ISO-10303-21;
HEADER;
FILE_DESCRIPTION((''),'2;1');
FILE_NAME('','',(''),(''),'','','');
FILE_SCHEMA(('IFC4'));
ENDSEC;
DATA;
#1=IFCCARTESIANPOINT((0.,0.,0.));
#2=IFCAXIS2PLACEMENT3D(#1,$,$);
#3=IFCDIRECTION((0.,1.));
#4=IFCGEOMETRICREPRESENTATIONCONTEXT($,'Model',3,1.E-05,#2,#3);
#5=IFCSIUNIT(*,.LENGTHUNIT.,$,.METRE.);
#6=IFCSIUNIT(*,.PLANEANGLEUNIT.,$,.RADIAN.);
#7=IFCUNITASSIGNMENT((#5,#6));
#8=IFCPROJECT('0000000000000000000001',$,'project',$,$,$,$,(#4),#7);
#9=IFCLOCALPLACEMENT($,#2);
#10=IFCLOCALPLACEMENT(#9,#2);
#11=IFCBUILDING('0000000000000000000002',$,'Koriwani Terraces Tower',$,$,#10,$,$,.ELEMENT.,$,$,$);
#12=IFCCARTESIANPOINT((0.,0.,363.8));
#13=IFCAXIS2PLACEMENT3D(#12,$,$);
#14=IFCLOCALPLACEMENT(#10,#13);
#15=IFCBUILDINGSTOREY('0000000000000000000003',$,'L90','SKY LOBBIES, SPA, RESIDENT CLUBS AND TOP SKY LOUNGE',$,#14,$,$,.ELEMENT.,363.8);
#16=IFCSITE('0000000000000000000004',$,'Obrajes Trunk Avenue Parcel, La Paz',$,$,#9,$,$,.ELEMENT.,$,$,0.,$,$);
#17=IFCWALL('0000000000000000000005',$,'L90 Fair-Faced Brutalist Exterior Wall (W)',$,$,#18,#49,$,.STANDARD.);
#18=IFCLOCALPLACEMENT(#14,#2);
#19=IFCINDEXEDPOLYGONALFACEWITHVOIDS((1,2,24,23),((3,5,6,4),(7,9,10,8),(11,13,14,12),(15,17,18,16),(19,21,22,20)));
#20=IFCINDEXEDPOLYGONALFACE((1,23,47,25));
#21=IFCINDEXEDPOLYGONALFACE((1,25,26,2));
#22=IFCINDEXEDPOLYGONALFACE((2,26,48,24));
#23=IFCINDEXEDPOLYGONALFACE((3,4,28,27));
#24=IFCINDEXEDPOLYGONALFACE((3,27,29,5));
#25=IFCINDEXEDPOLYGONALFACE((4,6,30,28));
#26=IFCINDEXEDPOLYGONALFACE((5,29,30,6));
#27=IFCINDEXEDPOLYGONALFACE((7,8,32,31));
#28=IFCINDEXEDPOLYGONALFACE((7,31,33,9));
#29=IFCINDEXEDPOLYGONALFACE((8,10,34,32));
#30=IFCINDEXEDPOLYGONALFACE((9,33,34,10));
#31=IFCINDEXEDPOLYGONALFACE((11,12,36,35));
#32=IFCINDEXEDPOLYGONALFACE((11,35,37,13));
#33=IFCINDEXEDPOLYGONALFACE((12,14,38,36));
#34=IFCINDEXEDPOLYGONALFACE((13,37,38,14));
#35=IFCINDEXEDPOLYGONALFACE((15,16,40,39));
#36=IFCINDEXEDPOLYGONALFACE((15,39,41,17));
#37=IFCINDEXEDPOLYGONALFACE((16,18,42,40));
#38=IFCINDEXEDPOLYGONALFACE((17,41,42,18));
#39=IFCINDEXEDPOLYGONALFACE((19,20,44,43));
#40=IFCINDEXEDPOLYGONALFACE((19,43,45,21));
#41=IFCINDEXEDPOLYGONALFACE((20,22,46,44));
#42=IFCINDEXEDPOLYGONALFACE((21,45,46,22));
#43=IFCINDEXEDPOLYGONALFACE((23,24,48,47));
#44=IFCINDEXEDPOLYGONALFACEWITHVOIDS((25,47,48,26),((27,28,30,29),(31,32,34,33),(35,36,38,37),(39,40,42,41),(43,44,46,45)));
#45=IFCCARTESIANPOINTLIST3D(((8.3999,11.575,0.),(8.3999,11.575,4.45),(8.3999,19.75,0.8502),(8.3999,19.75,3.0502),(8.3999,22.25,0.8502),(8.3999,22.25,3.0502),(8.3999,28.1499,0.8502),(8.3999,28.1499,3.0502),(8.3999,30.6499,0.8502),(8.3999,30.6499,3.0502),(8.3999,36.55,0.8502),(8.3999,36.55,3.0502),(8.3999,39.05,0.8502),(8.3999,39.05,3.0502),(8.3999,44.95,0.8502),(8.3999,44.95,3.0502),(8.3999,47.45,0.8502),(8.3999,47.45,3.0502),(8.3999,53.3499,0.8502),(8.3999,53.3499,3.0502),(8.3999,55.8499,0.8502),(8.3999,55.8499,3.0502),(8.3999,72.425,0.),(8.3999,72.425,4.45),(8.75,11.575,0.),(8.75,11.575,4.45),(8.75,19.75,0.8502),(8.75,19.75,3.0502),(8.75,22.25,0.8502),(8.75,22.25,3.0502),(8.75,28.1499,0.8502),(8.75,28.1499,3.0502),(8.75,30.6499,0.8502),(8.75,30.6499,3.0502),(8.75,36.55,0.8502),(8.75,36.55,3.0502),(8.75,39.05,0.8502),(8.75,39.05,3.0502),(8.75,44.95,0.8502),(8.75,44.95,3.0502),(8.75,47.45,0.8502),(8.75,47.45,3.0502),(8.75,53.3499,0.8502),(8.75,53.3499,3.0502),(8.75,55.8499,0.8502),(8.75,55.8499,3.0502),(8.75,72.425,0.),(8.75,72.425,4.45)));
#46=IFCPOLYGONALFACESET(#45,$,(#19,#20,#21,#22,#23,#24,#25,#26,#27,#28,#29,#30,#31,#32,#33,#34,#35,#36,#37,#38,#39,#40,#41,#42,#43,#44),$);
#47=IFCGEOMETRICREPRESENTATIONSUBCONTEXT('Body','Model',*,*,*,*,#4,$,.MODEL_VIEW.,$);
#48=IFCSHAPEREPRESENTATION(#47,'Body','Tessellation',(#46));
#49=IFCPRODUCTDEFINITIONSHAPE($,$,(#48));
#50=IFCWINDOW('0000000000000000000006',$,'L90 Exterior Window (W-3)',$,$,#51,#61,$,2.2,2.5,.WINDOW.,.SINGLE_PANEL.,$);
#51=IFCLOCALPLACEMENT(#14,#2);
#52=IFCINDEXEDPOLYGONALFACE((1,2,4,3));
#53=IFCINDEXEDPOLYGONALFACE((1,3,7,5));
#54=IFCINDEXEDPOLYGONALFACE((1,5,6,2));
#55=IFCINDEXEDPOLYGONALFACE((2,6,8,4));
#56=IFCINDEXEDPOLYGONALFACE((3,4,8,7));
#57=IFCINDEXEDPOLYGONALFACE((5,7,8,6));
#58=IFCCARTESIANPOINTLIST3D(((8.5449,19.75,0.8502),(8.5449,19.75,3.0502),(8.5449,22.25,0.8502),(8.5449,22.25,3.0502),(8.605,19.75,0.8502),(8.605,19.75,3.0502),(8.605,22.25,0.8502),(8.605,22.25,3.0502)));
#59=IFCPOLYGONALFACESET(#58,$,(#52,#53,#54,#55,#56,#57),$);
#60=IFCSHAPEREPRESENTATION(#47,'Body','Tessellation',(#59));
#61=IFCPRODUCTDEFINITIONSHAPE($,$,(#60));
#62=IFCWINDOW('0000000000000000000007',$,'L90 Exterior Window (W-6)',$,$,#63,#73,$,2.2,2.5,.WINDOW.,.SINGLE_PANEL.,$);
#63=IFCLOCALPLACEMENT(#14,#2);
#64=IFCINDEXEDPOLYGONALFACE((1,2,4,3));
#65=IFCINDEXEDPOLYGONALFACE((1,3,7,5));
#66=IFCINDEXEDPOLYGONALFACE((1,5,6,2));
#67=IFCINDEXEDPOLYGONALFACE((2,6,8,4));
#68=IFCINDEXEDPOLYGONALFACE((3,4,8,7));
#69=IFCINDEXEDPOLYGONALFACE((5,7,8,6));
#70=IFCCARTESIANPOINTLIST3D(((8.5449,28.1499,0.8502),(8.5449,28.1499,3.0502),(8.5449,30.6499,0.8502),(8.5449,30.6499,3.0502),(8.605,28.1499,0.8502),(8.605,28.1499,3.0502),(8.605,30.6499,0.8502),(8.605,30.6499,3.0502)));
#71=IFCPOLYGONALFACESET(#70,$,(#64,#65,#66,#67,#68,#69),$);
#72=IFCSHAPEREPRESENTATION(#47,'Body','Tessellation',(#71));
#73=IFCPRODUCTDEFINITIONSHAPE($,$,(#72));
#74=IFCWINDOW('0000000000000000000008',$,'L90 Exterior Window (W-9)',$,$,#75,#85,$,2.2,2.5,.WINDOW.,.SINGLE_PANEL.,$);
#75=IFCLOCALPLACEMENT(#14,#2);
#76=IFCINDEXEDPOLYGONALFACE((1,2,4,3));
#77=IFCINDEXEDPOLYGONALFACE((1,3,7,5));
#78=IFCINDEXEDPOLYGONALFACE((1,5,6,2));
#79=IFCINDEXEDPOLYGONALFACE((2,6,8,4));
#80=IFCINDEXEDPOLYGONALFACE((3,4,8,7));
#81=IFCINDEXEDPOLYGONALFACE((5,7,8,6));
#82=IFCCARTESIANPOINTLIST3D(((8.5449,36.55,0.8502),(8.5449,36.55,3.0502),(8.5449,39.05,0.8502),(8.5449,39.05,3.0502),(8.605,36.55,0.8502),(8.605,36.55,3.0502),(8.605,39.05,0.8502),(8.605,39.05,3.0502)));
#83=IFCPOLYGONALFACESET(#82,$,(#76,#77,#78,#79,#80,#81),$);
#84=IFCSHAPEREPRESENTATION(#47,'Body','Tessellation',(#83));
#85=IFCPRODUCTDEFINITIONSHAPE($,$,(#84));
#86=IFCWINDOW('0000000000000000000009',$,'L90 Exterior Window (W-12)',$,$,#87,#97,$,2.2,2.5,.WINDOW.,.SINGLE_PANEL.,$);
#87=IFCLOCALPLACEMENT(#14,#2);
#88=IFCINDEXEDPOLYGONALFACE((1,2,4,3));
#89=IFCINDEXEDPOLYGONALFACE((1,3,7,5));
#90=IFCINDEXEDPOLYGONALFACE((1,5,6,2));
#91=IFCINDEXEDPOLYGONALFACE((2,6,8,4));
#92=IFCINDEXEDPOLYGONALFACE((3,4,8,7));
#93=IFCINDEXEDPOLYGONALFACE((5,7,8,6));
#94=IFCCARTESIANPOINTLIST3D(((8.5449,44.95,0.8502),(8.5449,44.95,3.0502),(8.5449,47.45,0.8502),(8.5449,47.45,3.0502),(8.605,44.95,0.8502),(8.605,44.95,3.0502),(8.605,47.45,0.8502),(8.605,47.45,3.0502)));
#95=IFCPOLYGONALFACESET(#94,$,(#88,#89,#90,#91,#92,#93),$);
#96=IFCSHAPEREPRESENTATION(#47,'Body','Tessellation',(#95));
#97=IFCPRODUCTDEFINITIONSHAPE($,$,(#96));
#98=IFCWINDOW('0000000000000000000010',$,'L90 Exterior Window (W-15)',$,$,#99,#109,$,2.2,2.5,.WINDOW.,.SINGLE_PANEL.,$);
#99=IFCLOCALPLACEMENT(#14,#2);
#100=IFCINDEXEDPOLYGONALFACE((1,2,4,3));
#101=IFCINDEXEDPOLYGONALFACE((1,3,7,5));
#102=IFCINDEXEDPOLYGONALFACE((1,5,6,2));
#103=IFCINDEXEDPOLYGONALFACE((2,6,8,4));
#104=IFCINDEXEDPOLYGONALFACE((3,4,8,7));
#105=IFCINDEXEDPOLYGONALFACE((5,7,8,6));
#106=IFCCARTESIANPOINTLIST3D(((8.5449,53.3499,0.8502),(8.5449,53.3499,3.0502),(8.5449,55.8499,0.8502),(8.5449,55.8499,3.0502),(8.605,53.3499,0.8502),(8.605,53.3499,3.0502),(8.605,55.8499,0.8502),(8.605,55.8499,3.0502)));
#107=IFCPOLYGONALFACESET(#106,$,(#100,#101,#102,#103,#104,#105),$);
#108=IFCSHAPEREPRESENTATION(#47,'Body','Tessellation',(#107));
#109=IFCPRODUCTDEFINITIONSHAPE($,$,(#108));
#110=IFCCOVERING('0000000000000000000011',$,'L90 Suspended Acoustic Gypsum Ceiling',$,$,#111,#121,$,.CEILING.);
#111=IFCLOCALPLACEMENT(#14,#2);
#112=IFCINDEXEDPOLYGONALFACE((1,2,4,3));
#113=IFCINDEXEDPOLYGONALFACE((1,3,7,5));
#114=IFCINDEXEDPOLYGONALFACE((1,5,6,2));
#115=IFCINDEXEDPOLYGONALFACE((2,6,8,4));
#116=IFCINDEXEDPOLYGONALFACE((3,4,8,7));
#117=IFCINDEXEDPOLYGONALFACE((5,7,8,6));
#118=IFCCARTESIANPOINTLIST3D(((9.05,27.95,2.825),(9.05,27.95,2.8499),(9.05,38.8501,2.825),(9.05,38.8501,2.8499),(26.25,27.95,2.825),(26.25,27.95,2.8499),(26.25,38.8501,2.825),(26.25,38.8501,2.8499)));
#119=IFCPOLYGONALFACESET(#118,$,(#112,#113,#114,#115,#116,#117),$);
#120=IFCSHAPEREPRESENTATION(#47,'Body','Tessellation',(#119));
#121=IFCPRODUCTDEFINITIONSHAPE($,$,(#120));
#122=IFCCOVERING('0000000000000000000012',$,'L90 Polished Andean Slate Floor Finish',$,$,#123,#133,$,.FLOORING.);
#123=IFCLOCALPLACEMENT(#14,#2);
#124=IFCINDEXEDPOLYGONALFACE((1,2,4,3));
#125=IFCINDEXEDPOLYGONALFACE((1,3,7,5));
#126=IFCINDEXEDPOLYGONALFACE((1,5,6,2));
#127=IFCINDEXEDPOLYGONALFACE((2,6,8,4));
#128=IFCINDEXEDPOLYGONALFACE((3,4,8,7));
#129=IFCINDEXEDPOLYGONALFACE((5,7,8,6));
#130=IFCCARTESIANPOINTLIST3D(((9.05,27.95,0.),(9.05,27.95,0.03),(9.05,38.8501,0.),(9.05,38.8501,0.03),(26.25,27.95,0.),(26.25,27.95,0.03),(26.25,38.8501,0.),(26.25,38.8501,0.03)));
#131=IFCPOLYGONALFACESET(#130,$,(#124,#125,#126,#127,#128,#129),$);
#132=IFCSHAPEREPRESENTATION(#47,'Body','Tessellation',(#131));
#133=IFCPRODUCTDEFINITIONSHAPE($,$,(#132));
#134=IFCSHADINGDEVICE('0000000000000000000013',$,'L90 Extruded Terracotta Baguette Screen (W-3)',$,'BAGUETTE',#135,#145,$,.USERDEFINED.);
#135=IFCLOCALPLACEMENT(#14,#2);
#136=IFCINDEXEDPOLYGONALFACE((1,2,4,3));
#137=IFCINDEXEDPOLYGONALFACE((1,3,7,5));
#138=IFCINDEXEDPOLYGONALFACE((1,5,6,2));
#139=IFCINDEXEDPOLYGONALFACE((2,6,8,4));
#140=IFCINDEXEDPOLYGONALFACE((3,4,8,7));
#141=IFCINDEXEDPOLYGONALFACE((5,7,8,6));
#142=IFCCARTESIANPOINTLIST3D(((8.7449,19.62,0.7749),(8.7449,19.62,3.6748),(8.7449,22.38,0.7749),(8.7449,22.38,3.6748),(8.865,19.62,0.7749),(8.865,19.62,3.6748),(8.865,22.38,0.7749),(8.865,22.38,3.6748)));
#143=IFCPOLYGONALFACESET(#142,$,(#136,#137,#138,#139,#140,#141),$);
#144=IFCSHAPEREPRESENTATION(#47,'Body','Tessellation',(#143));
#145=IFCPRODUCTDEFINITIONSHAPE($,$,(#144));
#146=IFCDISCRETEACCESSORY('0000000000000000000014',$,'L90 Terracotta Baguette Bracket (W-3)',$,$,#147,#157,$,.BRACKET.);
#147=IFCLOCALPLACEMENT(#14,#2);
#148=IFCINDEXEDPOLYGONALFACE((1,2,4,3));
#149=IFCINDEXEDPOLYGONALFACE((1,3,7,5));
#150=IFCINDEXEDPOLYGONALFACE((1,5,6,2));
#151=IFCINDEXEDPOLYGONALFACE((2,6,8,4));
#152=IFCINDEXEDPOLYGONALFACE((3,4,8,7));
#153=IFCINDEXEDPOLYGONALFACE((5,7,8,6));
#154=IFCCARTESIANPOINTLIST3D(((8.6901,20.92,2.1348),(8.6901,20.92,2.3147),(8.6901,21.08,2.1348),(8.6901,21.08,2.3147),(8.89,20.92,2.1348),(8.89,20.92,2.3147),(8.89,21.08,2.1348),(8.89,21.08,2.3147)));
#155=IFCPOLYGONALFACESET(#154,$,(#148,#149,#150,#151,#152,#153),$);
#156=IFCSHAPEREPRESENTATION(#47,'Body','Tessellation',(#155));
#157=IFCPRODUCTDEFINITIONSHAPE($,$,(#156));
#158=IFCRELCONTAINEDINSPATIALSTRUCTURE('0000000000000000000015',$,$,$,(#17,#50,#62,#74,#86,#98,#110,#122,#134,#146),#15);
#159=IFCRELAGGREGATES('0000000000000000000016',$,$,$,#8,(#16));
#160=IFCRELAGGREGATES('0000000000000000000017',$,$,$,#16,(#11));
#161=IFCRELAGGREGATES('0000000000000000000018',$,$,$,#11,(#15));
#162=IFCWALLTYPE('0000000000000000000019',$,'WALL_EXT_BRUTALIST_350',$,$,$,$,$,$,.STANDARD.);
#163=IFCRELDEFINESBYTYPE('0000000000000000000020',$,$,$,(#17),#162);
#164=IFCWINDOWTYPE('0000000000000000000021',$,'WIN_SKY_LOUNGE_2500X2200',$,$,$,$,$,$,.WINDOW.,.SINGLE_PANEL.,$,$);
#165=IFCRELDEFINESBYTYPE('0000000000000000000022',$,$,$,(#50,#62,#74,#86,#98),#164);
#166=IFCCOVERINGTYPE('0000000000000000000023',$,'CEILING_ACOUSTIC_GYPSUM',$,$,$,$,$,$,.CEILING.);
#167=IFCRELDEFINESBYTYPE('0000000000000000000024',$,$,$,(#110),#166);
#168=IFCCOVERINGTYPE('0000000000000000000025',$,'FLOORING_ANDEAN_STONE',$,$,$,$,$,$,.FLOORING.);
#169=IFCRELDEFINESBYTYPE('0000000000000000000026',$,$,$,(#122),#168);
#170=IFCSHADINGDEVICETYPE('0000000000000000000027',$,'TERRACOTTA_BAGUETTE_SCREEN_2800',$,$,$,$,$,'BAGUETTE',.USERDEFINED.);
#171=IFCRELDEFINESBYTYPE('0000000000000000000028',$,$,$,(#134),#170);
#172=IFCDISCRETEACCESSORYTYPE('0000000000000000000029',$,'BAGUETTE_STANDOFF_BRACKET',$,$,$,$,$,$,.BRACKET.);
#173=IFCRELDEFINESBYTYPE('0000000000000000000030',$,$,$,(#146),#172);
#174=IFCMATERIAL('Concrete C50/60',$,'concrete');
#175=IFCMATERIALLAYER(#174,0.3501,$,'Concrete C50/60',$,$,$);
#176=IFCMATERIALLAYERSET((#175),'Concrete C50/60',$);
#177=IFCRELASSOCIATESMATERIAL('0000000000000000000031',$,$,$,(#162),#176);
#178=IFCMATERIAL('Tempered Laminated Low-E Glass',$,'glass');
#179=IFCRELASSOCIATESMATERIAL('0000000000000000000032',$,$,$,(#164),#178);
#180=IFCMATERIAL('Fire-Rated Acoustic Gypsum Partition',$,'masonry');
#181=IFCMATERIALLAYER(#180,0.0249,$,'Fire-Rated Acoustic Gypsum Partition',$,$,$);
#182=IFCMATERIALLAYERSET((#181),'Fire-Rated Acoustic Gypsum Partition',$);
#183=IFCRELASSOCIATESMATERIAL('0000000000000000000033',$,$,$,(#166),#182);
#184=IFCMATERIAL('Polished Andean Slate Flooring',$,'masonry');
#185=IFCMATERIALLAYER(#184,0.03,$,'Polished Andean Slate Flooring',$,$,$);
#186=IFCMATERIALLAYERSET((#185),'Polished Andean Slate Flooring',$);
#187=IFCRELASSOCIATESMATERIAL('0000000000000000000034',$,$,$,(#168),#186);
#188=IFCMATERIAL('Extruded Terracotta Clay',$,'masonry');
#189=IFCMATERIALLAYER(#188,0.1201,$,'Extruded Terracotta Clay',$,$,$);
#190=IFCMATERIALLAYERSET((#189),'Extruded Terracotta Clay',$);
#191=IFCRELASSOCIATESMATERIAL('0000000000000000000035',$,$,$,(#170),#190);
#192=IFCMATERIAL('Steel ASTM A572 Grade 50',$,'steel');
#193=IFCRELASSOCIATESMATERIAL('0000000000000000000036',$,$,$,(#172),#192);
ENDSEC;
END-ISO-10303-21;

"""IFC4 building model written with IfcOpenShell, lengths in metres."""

from ifc_helpers import new_model, si_unit, direction, frame, frame_2d, origin, origin_2d, place, context, subcontext, project, spatial, polyline, rectangle, outline, extrude, material, layer, layer_set, type_object, element, fill, save


model = new_model("IFC4")

# Units and contexts
model_context = context("Model", 3, precision=1e-05, world=origin(), true_north=direction((0.0, 1.0)))
body_context = subcontext(model_context, "Body", "Model", "MODEL_VIEW")
ifc_project = project(units=[si_unit("LENGTHUNIT", "METRE"), si_unit("PLANEANGLEUNIT", "RADIAN")], contexts=[model_context])

# Site, building, storey
site_placement = place(None, origin())
site = spatial("IfcSite", under=ifc_project, at=site_placement, Name="Obrajes Trunk Avenue Parcel, La Paz", CompositionType="ELEMENT", RefElevation=0.0)
building_placement = place(site_placement, origin())
building = spatial("IfcBuilding", under=site, at=building_placement, Name="Koriwani Terraces Tower", CompositionType="ELEMENT")
storey_placement = place(building_placement, frame((0.0, 0.0, 363.8)))
storey = spatial("IfcBuildingStorey", under=building, at=storey_placement, Name="L90", Description="SKY LOBBIES, SPA, RESIDENT CLUBS AND TOP SKY LOUNGE", CompositionType="ELEMENT", Elevation=363.8)

# Shared definitions
ifc_material_1 = material(Name="Concrete C50/60", Category="concrete")

# Shared definitions
ifc_material_2 = material(Name="Steel ASTM A572 Grade 50", Category="steel")

# Shared definitions
ifc_layer_1 = layer(ifc_material_1, 0.3501, Name="Concrete C50/60")
ifc_layer_set_1 = layer_set([ifc_layer_1], Name="Concrete C50/60")
wall_type_1 = type_object("IfcWallType", Name="WALL_EXT_BRUTALIST_350", PredefinedType="STANDARD", material=ifc_layer_set_1)

# Wall, openings, windows
wall_1_placement = place(storey_placement, frame((8.575, 11.575, 0.0), z_axis=(0.0, 0.0, 1.0), x_axis=(0.0, 1.0, 0.0)))
wall_1 = element("IfcWall", 1, at=wall_1_placement, inside=storey, type_object=wall_type_1, Name="L90 Fair-Faced Brutalist Exterior Wall (W)", PredefinedType="STANDARD", context=body_context, shape_type="SweptSolid", body=[
    extrude(rectangle(XDim=60.8501, YDim=0.3501, at=frame_2d((30.425, 0.0))), origin(), (0.0, 0.0, 1.0), 4.45),
])
opening_1_placement = place(wall_1_placement, frame((8.175, 0.0, 0.8501)))
opening_1 = element("IfcOpeningElement", 2, at=opening_1_placement, cuts=wall_1, PredefinedType="OPENING", context=body_context, shape_type="SweptSolid", body=[
    extrude(rectangle(XDim=2.5, YDim=2.2, at=frame_2d((1.25, 1.1001))), frame((0.0, 0.1851, 0.0), z_axis=(0.0, -1.0, 0.0), x_axis=(1.0, 0.0, 0.0)), (0.0, 0.0, 1.0), 0.3701),
])
opening_2_placement = place(wall_1_placement, frame((16.575, 0.0, 0.8501)))
opening_2 = element("IfcOpeningElement", 3, at=opening_2_placement, cuts=wall_1, PredefinedType="OPENING", context=body_context, shape_type="SweptSolid", body=[
    extrude(rectangle(XDim=2.5, YDim=2.2, at=frame_2d((1.25, 1.1001))), frame((0.0, 0.1851, 0.0), z_axis=(0.0, -1.0, 0.0), x_axis=(1.0, 0.0, 0.0)), (0.0, 0.0, 1.0), 0.3701),
])
opening_3_placement = place(wall_1_placement, frame((24.9751, 0.0, 0.8501)))
opening_3 = element("IfcOpeningElement", 4, at=opening_3_placement, cuts=wall_1, PredefinedType="OPENING", context=body_context, shape_type="SweptSolid", body=[
    extrude(rectangle(XDim=2.5, YDim=2.2, at=frame_2d((1.25, 1.1001))), frame((0.0, 0.1851, 0.0), z_axis=(0.0, -1.0, 0.0), x_axis=(1.0, 0.0, 0.0)), (0.0, 0.0, 1.0), 0.3701),
])
opening_4_placement = place(wall_1_placement, frame((33.375, 0.0, 0.8501)))
opening_4 = element("IfcOpeningElement", 5, at=opening_4_placement, cuts=wall_1, PredefinedType="OPENING", context=body_context, shape_type="SweptSolid", body=[
    extrude(rectangle(XDim=2.5, YDim=2.2, at=frame_2d((1.25, 1.1001))), frame((0.0, 0.1851, 0.0), z_axis=(0.0, -1.0, 0.0), x_axis=(1.0, 0.0, 0.0)), (0.0, 0.0, 1.0), 0.3701),
])
opening_5_placement = place(wall_1_placement, frame((41.7749, 0.0, 0.8501)))
opening_5 = element("IfcOpeningElement", 6, at=opening_5_placement, cuts=wall_1, PredefinedType="OPENING", context=body_context, shape_type="SweptSolid", body=[
    extrude(rectangle(XDim=2.5, YDim=2.2, at=frame_2d((1.25, 1.1001))), frame((0.0, 0.1851, 0.0), z_axis=(0.0, -1.0, 0.0), x_axis=(1.0, 0.0, 0.0)), (0.0, 0.0, 1.0), 0.3701),
])
ifc_material_3 = material(Name="Tempered Laminated Low-E Glass", Category="glass")
window_type = type_object("IfcWindowType", Name="WIN_SKY_LOUNGE_2500X2200", PartitioningType="SINGLE_PANEL", PredefinedType="WINDOW", material=ifc_material_3)
window_1_placement = place(opening_1_placement, origin())
window_1 = element("IfcWindow", 7, at=window_1_placement, inside=storey, type_object=window_type, Name="L90 Exterior Window (W-3)", OverallHeight=2.2, OverallWidth=2.5, PartitioningType="SINGLE_PANEL", PredefinedType="WINDOW", context=body_context, shape_type="SweptSolid", body=[
    extrude(rectangle(XDim=2.5, YDim=2.2, at=frame_2d((1.25, 1.1001))), frame((0.0, 0.03, 0.0), z_axis=(0.0, -1.0, 0.0), x_axis=(1.0, 0.0, 0.0)), (0.0, 0.0, 1.0), 0.0601),
])
fill(opening_1, window_1)
window_2_placement = place(opening_2_placement, origin())
window_2 = element("IfcWindow", 8, at=window_2_placement, inside=storey, type_object=window_type, Name="L90 Exterior Window (W-6)", OverallHeight=2.2, OverallWidth=2.5, PartitioningType="SINGLE_PANEL", PredefinedType="WINDOW", context=body_context, shape_type="SweptSolid", body=[
    extrude(rectangle(XDim=2.5, YDim=2.2, at=frame_2d((1.25, 1.1001))), frame((0.0, 0.03, 0.0), z_axis=(0.0, -1.0, 0.0), x_axis=(1.0, 0.0, 0.0)), (0.0, 0.0, 1.0), 0.0601),
])
fill(opening_2, window_2)
window_3_placement = place(opening_3_placement, origin())
window_3 = element("IfcWindow", 9, at=window_3_placement, inside=storey, type_object=window_type, Name="L90 Exterior Window (W-9)", OverallHeight=2.2, OverallWidth=2.5, PartitioningType="SINGLE_PANEL", PredefinedType="WINDOW", context=body_context, shape_type="SweptSolid", body=[
    extrude(rectangle(XDim=2.5, YDim=2.2, at=frame_2d((1.25, 1.1001))), frame((0.0, 0.03, 0.0), z_axis=(0.0, -1.0, 0.0), x_axis=(1.0, 0.0, 0.0)), (0.0, 0.0, 1.0), 0.0601),
])
fill(opening_3, window_3)
window_4_placement = place(opening_4_placement, origin())
window_4 = element("IfcWindow", 10, at=window_4_placement, inside=storey, type_object=window_type, Name="L90 Exterior Window (W-12)", OverallHeight=2.2, OverallWidth=2.5, PartitioningType="SINGLE_PANEL", PredefinedType="WINDOW", context=body_context, shape_type="SweptSolid", body=[
    extrude(rectangle(XDim=2.5, YDim=2.2, at=frame_2d((1.25, 1.1001))), frame((0.0, 0.03, 0.0), z_axis=(0.0, -1.0, 0.0), x_axis=(1.0, 0.0, 0.0)), (0.0, 0.0, 1.0), 0.0601),
])
fill(opening_4, window_4)
window_5_placement = place(opening_5_placement, origin())
window_5 = element("IfcWindow", 11, at=window_5_placement, inside=storey, type_object=window_type, Name="L90 Exterior Window (W-15)", OverallHeight=2.2, OverallWidth=2.5, PartitioningType="SINGLE_PANEL", PredefinedType="WINDOW", context=body_context, shape_type="SweptSolid", body=[
    extrude(rectangle(XDim=2.5, YDim=2.2, at=frame_2d((1.25, 1.1001))), frame((0.0, 0.03, 0.0), z_axis=(0.0, -1.0, 0.0), x_axis=(1.0, 0.0, 0.0)), (0.0, 0.0, 1.0), 0.0601),
])
fill(opening_5, window_5)

# Coverings
ifc_material_4 = material(Name="Fire-Rated Acoustic Gypsum Partition", Category="masonry")
ifc_layer_2 = layer(ifc_material_4, 0.0249, Name="Fire-Rated Acoustic Gypsum Partition")
ifc_layer_set_2 = layer_set([ifc_layer_2], Name="Fire-Rated Acoustic Gypsum Partition")
covering_type_1 = type_object("IfcCoveringType", Name="CEILING_ACOUSTIC_GYPSUM", PredefinedType="CEILING", material=ifc_layer_set_2)
covering_1_placement = place(storey_placement, frame((0.0, 0.0, 2.825)))
element("IfcCovering", 12, at=covering_1_placement, inside=storey, type_object=covering_type_1, Name="L90 Suspended Acoustic Gypsum Ceiling", PredefinedType="CEILING", context=body_context, shape_type="SweptSolid", body=[
    extrude(outline(polyline([(9.05, 27.95), (9.05, 38.8501), (26.25, 38.8501), (26.25, 27.95), (9.05, 27.95)])), origin(), (0.0, 0.0, 1.0), 0.0249),
])
ifc_material_5 = material(Name="Polished Andean Slate Flooring", Category="masonry")
ifc_layer_3 = layer(ifc_material_5, 0.03, Name="Polished Andean Slate Flooring")
ifc_layer_set_3 = layer_set([ifc_layer_3], Name="Polished Andean Slate Flooring")
covering_type_2 = type_object("IfcCoveringType", Name="FLOORING_ANDEAN_STONE", PredefinedType="FLOORING", material=ifc_layer_set_3)
covering_2_placement = place(storey_placement, origin())
element("IfcCovering", 13, at=covering_2_placement, inside=storey, type_object=covering_type_2, Name="L90 Polished Andean Slate Floor Finish", PredefinedType="FLOORING", context=body_context, shape_type="SweptSolid", body=[
    extrude(outline(polyline([(9.05, 27.95), (9.05, 38.8501), (26.25, 38.8501), (26.25, 27.95), (9.05, 27.95)])), origin(), (0.0, 0.0, 1.0), 0.03),
])

# Shading device
ifc_material_6 = material(Name="Extruded Terracotta Clay", Category="masonry")
ifc_layer_4 = layer(ifc_material_6, 0.1201, Name="Extruded Terracotta Clay")
ifc_layer_set_4 = layer_set([ifc_layer_4], Name="Extruded Terracotta Clay")
shading_device_type = type_object("IfcShadingDeviceType", Name="TERRACOTTA_BAGUETTE_SCREEN_2800", ElementType="BAGUETTE", PredefinedType="USERDEFINED", material=ifc_layer_set_4)
shading_device_placement = place(storey_placement, frame((8.8049, 21.0, 0.7749), z_axis=(0.0, 0.0, 1.0), x_axis=(0.0, 1.0, 0.0)))
element("IfcShadingDevice", 14, at=shading_device_placement, inside=storey, type_object=shading_device_type, Name="L90 Extruded Terracotta Baguette Screen (W-3)", ObjectType="BAGUETTE", PredefinedType="USERDEFINED", context=body_context, shape_type="SweptSolid", body=[
    extrude(rectangle(XDim=2.76, YDim=0.1201, at=origin_2d()), origin(), (0.0, 0.0, 1.0), 2.8999),
])

# Discrete accessory
discrete_accessory_type = type_object("IfcDiscreteAccessoryType", Name="BAGUETTE_STANDOFF_BRACKET", PredefinedType="BRACKET", material=ifc_material_2)
discrete_accessory_placement = place(storey_placement, frame((8.79, 21.0, 2.1348), z_axis=(0.0, 0.0, 1.0), x_axis=(0.0, 1.0, 0.0)))
element("IfcDiscreteAccessory", 15, at=discrete_accessory_placement, inside=storey, type_object=discrete_accessory_type, Name="L90 Terracotta Baguette Bracket (W-3)", PredefinedType="BRACKET", context=body_context, shape_type="SweptSolid", body=[
    extrude(rectangle(XDim=0.1599, YDim=0.2, at=origin_2d()), origin(), (0.0, 0.0, 1.0), 0.1799),
])

save(model, "model.ifc")
